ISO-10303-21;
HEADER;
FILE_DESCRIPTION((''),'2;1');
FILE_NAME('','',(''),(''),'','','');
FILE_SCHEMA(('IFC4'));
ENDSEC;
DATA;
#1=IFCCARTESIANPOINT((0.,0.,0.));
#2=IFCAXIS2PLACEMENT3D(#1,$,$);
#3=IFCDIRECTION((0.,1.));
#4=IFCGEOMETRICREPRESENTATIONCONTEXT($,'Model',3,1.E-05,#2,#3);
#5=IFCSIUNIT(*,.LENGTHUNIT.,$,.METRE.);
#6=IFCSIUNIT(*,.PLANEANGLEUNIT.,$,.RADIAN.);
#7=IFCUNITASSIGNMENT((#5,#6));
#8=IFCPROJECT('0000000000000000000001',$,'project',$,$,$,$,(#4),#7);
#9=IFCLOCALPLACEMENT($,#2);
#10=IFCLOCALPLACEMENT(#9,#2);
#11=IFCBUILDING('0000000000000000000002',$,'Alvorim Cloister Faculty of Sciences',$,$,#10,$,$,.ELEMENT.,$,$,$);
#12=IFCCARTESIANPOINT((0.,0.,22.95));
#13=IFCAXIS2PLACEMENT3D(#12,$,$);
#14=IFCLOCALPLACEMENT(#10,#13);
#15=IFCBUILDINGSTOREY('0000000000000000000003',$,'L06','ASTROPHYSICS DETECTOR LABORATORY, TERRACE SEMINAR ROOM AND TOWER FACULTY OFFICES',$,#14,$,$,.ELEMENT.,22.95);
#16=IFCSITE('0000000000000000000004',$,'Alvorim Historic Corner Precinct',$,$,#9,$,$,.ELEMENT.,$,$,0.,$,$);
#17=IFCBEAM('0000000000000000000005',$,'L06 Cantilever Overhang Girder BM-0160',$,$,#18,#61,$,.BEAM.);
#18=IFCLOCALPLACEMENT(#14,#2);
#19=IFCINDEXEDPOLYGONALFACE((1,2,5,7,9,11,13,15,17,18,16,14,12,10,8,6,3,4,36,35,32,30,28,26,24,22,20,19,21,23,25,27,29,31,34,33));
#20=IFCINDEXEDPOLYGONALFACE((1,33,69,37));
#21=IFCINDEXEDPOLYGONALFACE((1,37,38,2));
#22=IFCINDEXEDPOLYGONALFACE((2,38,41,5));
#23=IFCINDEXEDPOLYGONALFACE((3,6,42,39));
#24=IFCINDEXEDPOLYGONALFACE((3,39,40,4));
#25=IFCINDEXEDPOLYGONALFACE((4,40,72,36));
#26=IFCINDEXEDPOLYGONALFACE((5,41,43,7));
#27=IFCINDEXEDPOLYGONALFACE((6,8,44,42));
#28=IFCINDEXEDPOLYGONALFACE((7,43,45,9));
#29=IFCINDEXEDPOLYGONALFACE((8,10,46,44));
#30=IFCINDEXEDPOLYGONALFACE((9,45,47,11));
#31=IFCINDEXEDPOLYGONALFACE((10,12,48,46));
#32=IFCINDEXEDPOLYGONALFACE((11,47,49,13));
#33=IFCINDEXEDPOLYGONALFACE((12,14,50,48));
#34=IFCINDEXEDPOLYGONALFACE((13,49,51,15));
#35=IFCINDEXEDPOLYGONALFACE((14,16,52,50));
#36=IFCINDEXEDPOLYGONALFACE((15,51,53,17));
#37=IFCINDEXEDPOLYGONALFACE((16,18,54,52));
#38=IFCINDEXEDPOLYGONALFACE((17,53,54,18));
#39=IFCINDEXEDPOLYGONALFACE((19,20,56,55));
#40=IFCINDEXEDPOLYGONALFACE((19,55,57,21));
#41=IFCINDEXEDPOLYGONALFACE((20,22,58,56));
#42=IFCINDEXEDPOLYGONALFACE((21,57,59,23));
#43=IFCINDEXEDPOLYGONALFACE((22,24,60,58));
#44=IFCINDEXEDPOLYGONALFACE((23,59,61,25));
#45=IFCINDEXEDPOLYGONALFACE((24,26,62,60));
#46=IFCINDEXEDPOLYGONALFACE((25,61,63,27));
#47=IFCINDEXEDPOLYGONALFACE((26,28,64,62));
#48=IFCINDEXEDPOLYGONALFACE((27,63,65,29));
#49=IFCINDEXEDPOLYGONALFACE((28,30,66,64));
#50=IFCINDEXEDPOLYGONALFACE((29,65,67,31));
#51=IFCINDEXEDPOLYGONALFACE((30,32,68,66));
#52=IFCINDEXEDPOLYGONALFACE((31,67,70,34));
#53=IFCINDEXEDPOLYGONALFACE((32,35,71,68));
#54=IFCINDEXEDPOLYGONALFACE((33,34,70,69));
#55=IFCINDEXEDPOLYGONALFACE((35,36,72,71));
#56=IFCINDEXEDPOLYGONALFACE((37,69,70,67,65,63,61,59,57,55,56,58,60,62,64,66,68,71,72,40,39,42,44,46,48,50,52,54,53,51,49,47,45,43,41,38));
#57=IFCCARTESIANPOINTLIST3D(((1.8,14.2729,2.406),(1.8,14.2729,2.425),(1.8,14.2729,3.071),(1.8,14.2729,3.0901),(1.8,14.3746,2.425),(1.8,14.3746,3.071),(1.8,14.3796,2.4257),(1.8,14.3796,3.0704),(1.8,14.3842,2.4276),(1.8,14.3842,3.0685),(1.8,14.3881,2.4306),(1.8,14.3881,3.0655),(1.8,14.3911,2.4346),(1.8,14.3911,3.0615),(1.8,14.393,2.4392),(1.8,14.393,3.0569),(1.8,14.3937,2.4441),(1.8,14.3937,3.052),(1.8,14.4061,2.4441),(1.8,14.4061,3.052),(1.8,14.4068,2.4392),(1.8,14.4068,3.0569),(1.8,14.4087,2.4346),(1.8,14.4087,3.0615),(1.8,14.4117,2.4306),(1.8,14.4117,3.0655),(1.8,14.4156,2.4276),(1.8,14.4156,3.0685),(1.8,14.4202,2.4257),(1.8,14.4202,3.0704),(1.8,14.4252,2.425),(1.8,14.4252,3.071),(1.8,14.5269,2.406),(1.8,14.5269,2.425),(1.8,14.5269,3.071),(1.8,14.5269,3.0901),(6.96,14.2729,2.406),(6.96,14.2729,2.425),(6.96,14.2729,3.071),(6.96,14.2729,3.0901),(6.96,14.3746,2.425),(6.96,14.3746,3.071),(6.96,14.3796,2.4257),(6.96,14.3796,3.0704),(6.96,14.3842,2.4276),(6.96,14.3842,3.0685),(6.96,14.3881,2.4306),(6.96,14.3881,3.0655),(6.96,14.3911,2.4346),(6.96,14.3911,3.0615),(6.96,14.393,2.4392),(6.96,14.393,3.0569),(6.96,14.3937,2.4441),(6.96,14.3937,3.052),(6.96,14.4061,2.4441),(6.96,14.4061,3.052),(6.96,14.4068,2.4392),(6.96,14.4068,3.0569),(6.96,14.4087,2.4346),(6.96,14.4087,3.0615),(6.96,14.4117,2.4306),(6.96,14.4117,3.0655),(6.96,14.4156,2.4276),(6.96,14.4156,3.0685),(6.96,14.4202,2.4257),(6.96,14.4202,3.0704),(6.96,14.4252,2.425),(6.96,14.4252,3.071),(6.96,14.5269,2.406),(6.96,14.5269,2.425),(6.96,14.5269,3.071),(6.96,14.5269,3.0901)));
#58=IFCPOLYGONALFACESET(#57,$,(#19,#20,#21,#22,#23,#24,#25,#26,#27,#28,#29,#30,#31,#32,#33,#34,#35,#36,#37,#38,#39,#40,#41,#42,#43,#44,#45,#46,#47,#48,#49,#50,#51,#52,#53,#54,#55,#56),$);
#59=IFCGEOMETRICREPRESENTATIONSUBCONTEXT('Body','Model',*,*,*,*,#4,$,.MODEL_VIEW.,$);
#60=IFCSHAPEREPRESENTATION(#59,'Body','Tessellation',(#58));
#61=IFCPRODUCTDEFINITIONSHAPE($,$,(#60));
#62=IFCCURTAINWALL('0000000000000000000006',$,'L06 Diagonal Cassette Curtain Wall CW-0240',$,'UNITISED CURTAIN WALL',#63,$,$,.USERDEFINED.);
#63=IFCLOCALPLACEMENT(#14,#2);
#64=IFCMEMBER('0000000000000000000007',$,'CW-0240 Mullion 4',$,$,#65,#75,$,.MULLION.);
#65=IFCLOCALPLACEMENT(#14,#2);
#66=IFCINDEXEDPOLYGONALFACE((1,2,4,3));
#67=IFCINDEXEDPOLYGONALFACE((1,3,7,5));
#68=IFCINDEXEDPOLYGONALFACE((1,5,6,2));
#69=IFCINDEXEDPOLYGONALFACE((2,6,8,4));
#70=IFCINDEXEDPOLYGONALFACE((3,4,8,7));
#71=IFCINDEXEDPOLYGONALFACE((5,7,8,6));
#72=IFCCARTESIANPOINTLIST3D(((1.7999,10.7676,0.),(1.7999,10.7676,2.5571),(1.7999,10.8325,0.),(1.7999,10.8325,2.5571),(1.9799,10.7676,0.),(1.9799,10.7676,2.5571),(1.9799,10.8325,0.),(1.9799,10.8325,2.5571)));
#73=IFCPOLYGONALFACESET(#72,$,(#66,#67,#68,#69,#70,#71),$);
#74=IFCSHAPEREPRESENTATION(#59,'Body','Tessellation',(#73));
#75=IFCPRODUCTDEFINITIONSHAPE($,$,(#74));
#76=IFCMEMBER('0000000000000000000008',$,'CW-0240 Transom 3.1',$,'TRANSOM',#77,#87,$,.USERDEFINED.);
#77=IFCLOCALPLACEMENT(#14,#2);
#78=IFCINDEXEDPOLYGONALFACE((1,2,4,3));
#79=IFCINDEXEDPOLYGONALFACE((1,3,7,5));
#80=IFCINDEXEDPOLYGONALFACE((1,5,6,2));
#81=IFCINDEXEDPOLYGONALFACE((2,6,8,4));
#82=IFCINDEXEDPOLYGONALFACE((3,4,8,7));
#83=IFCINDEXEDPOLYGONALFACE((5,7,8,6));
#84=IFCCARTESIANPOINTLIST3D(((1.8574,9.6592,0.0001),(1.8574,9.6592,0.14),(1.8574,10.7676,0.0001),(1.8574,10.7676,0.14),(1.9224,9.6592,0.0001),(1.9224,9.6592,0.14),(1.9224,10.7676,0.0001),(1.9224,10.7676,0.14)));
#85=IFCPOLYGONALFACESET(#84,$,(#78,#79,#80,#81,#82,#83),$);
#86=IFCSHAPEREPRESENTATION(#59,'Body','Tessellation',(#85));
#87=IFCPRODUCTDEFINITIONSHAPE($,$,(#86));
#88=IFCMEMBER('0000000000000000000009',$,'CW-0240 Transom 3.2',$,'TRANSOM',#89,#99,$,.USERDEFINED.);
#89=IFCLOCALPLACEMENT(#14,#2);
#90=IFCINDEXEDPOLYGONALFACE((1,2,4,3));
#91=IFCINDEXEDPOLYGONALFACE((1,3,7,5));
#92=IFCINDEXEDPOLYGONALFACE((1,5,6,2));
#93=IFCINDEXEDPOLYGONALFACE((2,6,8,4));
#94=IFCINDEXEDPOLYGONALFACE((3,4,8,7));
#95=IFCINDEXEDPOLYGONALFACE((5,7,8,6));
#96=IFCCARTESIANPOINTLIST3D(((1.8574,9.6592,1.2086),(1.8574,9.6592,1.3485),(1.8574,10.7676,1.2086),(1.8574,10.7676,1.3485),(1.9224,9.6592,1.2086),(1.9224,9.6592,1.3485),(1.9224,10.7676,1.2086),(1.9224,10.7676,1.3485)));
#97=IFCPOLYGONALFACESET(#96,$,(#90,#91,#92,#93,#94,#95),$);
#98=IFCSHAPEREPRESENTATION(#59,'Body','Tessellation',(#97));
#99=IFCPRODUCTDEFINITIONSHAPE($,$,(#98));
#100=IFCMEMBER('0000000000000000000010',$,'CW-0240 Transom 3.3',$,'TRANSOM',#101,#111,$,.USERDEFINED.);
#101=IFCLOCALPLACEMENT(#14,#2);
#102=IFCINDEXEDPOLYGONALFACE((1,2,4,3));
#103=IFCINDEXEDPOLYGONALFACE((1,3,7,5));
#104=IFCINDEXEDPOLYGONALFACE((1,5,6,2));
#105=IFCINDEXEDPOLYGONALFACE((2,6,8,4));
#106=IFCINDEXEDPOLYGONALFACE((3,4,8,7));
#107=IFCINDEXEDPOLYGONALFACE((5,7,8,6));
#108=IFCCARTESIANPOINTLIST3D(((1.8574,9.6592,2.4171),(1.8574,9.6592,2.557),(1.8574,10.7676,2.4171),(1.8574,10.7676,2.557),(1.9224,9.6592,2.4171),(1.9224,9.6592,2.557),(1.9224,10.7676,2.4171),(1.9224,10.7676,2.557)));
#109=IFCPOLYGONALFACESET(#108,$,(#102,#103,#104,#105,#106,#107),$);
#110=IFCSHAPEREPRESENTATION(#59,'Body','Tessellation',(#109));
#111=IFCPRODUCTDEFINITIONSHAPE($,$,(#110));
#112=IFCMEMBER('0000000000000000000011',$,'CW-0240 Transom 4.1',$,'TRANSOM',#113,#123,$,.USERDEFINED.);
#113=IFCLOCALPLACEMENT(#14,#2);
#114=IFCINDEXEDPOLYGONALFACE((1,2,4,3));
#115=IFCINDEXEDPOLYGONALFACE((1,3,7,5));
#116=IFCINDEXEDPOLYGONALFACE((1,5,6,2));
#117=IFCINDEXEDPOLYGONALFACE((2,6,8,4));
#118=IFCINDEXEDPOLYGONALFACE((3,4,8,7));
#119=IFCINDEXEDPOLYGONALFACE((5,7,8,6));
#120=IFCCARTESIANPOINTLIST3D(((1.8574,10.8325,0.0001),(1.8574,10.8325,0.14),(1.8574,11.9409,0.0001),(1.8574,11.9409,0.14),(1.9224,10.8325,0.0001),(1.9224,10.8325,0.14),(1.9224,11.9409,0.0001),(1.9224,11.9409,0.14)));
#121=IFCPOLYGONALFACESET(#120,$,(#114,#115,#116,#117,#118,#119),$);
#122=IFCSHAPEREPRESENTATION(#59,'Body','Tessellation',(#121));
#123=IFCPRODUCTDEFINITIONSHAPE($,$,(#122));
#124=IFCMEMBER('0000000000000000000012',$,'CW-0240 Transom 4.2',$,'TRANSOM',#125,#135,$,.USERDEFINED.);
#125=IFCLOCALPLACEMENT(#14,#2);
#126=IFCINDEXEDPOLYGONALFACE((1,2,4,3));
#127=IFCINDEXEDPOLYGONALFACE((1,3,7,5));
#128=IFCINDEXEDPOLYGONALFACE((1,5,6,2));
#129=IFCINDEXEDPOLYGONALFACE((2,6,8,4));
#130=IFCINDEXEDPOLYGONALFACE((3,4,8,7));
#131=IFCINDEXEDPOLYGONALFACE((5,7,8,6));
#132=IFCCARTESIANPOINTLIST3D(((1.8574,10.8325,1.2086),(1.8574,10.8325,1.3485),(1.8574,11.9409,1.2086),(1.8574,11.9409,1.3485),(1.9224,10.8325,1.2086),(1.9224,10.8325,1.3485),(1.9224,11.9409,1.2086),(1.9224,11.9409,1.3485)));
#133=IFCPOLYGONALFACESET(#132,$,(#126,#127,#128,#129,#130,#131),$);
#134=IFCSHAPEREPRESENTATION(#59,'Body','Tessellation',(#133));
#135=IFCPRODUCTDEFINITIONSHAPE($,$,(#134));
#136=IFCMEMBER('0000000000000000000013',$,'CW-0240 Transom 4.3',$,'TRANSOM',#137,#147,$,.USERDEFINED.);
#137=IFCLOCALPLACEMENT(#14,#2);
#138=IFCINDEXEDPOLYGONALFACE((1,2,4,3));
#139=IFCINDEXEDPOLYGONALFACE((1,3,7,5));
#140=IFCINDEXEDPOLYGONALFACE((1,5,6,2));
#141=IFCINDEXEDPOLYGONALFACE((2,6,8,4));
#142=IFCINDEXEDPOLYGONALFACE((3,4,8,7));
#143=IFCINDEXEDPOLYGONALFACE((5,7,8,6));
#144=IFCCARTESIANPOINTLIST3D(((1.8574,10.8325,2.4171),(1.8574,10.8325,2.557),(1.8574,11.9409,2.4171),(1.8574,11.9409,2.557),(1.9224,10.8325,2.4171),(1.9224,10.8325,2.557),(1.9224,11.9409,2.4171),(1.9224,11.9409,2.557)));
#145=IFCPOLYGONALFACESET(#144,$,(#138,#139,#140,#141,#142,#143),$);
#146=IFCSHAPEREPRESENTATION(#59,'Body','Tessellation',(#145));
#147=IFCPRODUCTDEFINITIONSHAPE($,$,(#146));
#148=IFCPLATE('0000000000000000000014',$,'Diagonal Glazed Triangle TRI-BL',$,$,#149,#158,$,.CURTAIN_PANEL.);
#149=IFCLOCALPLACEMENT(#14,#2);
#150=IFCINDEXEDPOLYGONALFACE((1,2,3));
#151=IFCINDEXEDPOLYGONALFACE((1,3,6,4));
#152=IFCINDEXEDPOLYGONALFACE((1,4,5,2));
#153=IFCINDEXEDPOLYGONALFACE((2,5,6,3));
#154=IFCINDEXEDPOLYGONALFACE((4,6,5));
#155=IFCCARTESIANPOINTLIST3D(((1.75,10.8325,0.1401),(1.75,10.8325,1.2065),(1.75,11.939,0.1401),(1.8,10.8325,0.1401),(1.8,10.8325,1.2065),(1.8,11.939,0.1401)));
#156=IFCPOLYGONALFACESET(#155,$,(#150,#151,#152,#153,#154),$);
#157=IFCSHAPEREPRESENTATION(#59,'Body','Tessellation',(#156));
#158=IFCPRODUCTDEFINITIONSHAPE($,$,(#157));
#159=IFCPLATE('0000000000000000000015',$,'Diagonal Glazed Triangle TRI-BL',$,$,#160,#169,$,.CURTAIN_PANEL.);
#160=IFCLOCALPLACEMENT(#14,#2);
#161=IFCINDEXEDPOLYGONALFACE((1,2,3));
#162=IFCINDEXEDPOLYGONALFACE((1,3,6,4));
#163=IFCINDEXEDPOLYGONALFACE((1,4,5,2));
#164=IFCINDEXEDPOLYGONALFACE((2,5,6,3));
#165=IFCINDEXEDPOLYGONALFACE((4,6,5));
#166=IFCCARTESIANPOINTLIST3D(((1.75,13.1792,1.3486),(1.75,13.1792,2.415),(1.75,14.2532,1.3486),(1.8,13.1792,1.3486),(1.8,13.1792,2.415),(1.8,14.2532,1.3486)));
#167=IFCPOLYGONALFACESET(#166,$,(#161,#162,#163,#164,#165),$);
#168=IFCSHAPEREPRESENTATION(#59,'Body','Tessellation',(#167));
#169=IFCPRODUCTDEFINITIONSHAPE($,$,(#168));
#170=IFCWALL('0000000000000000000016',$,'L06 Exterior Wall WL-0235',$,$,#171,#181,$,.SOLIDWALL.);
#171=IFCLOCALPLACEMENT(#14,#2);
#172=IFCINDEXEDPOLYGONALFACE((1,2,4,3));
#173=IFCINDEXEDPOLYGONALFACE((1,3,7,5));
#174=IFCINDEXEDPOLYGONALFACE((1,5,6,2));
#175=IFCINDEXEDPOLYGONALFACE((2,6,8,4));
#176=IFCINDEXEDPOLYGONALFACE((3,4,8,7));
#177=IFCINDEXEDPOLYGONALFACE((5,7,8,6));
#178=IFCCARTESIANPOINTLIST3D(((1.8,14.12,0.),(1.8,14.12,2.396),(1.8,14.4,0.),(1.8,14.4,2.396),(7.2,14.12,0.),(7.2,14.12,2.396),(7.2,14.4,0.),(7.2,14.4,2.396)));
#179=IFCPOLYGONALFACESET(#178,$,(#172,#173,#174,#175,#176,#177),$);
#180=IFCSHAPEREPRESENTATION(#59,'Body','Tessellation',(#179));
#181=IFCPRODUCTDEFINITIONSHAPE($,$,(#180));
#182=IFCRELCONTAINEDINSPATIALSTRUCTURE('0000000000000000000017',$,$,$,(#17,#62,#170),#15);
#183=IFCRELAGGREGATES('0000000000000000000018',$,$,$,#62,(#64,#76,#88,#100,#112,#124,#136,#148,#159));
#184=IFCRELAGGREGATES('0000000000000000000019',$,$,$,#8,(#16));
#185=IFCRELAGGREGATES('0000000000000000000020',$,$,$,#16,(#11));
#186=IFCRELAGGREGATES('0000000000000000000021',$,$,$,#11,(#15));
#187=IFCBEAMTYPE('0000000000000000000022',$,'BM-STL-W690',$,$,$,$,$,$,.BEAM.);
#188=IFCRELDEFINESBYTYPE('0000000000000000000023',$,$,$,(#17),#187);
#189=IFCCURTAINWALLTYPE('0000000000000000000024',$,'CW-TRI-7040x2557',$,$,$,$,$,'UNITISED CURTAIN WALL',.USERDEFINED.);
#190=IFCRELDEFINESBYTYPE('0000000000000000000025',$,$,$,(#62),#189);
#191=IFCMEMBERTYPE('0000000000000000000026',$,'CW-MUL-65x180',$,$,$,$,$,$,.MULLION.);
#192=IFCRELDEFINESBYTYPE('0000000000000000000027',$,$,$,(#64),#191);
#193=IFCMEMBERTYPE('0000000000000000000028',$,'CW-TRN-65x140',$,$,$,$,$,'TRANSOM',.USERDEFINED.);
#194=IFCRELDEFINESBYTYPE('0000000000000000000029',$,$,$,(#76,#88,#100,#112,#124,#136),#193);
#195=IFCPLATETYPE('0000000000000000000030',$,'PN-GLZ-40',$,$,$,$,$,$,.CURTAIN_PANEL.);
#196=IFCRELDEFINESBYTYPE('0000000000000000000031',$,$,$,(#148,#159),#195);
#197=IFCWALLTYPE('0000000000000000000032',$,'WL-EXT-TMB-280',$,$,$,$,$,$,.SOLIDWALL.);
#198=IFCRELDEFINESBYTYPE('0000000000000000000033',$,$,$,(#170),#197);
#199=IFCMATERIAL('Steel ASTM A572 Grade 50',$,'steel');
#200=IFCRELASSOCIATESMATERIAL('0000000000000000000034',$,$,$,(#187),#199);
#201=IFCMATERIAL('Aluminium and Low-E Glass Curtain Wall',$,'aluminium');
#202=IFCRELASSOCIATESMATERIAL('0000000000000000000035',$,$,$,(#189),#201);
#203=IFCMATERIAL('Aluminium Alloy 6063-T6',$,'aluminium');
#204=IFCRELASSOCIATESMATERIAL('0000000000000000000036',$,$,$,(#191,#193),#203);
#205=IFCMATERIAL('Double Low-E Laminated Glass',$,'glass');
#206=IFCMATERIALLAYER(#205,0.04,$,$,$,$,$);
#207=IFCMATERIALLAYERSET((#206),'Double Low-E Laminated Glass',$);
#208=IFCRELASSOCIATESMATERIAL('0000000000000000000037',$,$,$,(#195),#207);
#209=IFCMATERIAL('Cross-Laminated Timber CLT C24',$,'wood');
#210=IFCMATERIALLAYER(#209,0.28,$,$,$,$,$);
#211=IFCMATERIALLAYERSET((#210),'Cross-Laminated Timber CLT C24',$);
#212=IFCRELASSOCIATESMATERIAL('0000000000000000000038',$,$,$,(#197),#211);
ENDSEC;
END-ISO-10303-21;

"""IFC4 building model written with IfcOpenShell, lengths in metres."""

from ifc_helpers import new_model, si_unit, direction, frame, frame_2d, origin, origin_2d, place, context, subcontext, project, spatial, polyline, rectangle, i_section, outline, extrude, material, layer, layer_set, material_profile, profile_set, type_object, element, aggregate, save


model = new_model("IFC4")

# Units and contexts
model_context = context("Model", 3, precision=1e-05, world=origin(), true_north=direction((0.0, 1.0)))
body_context = subcontext(model_context, "Body", "Model", "MODEL_VIEW")
ifc_project = project(units=[si_unit("LENGTHUNIT", "METRE"), si_unit("PLANEANGLEUNIT", "RADIAN")], contexts=[model_context])

# Site, building, storey
site_placement = place(None, origin())
site = spatial("IfcSite", under=ifc_project, at=site_placement, Name="Alvorim Historic Corner Precinct", CompositionType="ELEMENT", RefElevation=0.0)
building_placement = place(site_placement, origin())
building = spatial("IfcBuilding", under=site, at=building_placement, Name="Alvorim Cloister Faculty of Sciences", CompositionType="ELEMENT")
storey_placement = place(building_placement, frame((0.0, 0.0, 22.95)))
storey = spatial("IfcBuildingStorey", under=building, at=storey_placement, Name="L06", Description="ASTROPHYSICS DETECTOR LABORATORY, TERRACE SEMINAR ROOM AND TOWER FACULTY OFFICES", CompositionType="ELEMENT", Elevation=22.95)

# Beam
ifc_material_1 = material(Name="Steel ASTM A572 Grade 50", Category="steel")
ifc_material_profile_1 = material_profile(ifc_material_1, i_section(OverallWidth=0.2539, OverallDepth=0.6841, WebThickness=0.0125, FlangeThickness=0.019, FilletRadius=0.019, at=origin_2d()), Name="W690x140.0")
ifc_profile_set_1 = profile_set([ifc_material_profile_1], Name="Steel ASTM A572 Grade 50")
beam_type = type_object("IfcBeamType", Name="BM-STL-W690", PredefinedType="BEAM", material=ifc_profile_set_1)
beam_placement = place(storey_placement, frame((1.8, 14.3999, 2.748), z_axis=(1.0, 0.0, 0.0), x_axis=(0.0, 1.0, 0.0)))
element("IfcBeam", 1, at=beam_placement, inside=storey, type_object=beam_type, Name="L06 Cantilever Overhang Girder BM-0160", PredefinedType="BEAM", context=body_context, shape_type="SweptSolid", body=[
    extrude(i_section(OverallWidth=0.2539, OverallDepth=0.6841, WebThickness=0.0125, FlangeThickness=0.019, FilletRadius=0.019, at=origin_2d()), origin(), (0.0, 0.0, 1.0), 5.1599),
])

# Curtain wall, members, plates
ifc_material_2 = material(Name="Aluminium and Low-E Glass Curtain Wall", Category="aluminium")
curtain_wall_type = type_object("IfcCurtainWallType", Name="CW-TRI-7040x2557", ElementType="UNITISED CURTAIN WALL", PredefinedType="USERDEFINED", material=ifc_material_2)
curtain_wall_placement = place(storey_placement, origin())
curtain_wall = element("IfcCurtainWall", 2, at=curtain_wall_placement, inside=storey, type_object=curtain_wall_type, Name="L06 Diagonal Cassette Curtain Wall CW-0240", ObjectType="UNITISED CURTAIN WALL", PredefinedType="USERDEFINED")
ifc_material_3 = material(Name="Aluminium Alloy 6063-T6", Category="aluminium")
ifc_material_profile_2 = material_profile(ifc_material_3, rectangle(XDim=0.0649, YDim=0.1799, at=origin_2d()), Name="ALU-MUL-65x180")
ifc_profile_set_2 = profile_set([ifc_material_profile_2], Name="Aluminium Alloy 6063-T6")
member_type_1 = type_object("IfcMemberType", Name="CW-MUL-65x180", PredefinedType="MULLION", material=ifc_profile_set_2)
member_1_placement = place(storey_placement, frame((1.8899, 10.8, 0.0), z_axis=(0.0, 0.0, 1.0), x_axis=(0.0, 1.0, 0.0)))
member_1 = element("IfcMember", 3, at=member_1_placement, type_object=member_type_1, Name="CW-0240 Mullion 4", PredefinedType="MULLION", context=body_context, shape_type="SweptSolid", body=[
    extrude(rectangle(XDim=0.0649, YDim=0.1799, at=origin_2d()), origin(), (0.0, 0.0, 1.0), 2.5571),
])
ifc_material_profile_3 = material_profile(ifc_material_3, rectangle(XDim=0.0649, YDim=0.1399, at=origin_2d()), Name="ALU-TRN-65x140")
ifc_profile_set_3 = profile_set([ifc_material_profile_3], Name="Aluminium Alloy 6063-T6")
member_type_2 = type_object("IfcMemberType", Name="CW-TRN-65x140", ElementType="TRANSOM", PredefinedType="USERDEFINED", material=ifc_profile_set_3)
member_2_placement = place(storey_placement, frame((1.8899, 9.6592, 0.0701), z_axis=(0.0, 1.0, 0.0), x_axis=(-1.0, 0.0, 0.0)))
member_2 = element("IfcMember", 4, at=member_2_placement, type_object=member_type_2, Name="CW-0240 Transom 3.1", ObjectType="TRANSOM", PredefinedType="USERDEFINED", context=body_context, shape_type="SweptSolid", body=[
    extrude(rectangle(XDim=0.0649, YDim=0.1399, at=origin_2d()), origin(), (0.0, 0.0, 1.0), 1.1084),
])
member_3_placement = place(storey_placement, frame((1.8899, 9.6592, 1.2786), z_axis=(0.0, 1.0, 0.0), x_axis=(-1.0, 0.0, 0.0)))
member_3 = element("IfcMember", 5, at=member_3_placement, type_object=member_type_2, Name="CW-0240 Transom 3.2", ObjectType="TRANSOM", PredefinedType="USERDEFINED", context=body_context, shape_type="SweptSolid", body=[
    extrude(rectangle(XDim=0.0649, YDim=0.1399, at=origin_2d()), origin(), (0.0, 0.0, 1.0), 1.1084),
])
member_4_placement = place(storey_placement, frame((1.8899, 9.6592, 2.4871), z_axis=(0.0, 1.0, 0.0), x_axis=(-1.0, 0.0, 0.0)))
member_4 = element("IfcMember", 6, at=member_4_placement, type_object=member_type_2, Name="CW-0240 Transom 3.3", ObjectType="TRANSOM", PredefinedType="USERDEFINED", context=body_context, shape_type="SweptSolid", body=[
    extrude(rectangle(XDim=0.0649, YDim=0.1399, at=origin_2d()), origin(), (0.0, 0.0, 1.0), 1.1084),
])
member_5_placement = place(storey_placement, frame((1.8899, 10.8325, 0.0701), z_axis=(0.0, 1.0, 0.0), x_axis=(-1.0, 0.0, 0.0)))
member_5 = element("IfcMember", 7, at=member_5_placement, type_object=member_type_2, Name="CW-0240 Transom 4.1", ObjectType="TRANSOM", PredefinedType="USERDEFINED", context=body_context, shape_type="SweptSolid", body=[
    extrude(rectangle(XDim=0.0649, YDim=0.1399, at=origin_2d()), origin(), (0.0, 0.0, 1.0), 1.1084),
])
member_6_placement = place(storey_placement, frame((1.8899, 10.8325, 1.2786), z_axis=(0.0, 1.0, 0.0), x_axis=(-1.0, 0.0, 0.0)))
member_6 = element("IfcMember", 8, at=member_6_placement, type_object=member_type_2, Name="CW-0240 Transom 4.2", ObjectType="TRANSOM", PredefinedType="USERDEFINED", context=body_context, shape_type="SweptSolid", body=[
    extrude(rectangle(XDim=0.0649, YDim=0.1399, at=origin_2d()), origin(), (0.0, 0.0, 1.0), 1.1084),
])
member_7_placement = place(storey_placement, frame((1.8899, 10.8325, 2.4871), z_axis=(0.0, 1.0, 0.0), x_axis=(-1.0, 0.0, 0.0)))
member_7 = element("IfcMember", 9, at=member_7_placement, type_object=member_type_2, Name="CW-0240 Transom 4.3", ObjectType="TRANSOM", PredefinedType="USERDEFINED", context=body_context, shape_type="SweptSolid", body=[
    extrude(rectangle(XDim=0.0649, YDim=0.1399, at=origin_2d()), origin(), (0.0, 0.0, 1.0), 1.1084),
])
ifc_material_4 = material(Name="Double Low-E Laminated Glass", Category="glass")
ifc_layer_1 = layer(ifc_material_4, 0.04)
ifc_layer_set_1 = layer_set([ifc_layer_1], Name="Double Low-E Laminated Glass")
plate_type = type_object("IfcPlateType", Name="PN-GLZ-40", PredefinedType="CURTAIN_PANEL", material=ifc_layer_set_1)
plate_1_placement = place(storey_placement, frame((1.7749, 10.8325, 0.1401), z_axis=(0.0, 0.0, 1.0), x_axis=(0.0, 1.0, 0.0)))
plate_1 = element("IfcPlate", 10, at=plate_1_placement, type_object=plate_type, Name="Diagonal Glazed Triangle TRI-BL", PredefinedType="CURTAIN_PANEL", context=body_context, shape_type="SweptSolid", body=[
    extrude(outline(polyline([(0.0, 0.0), (1.1064, 0.0), (0.0, 1.0664), (0.0, 0.0)])), frame((0.0, 0.0249, 0.0), z_axis=(0.0, -1.0, 0.0), x_axis=(1.0, 0.0, 0.0)), (0.0, 0.0, 1.0), 0.05),
])
plate_2_placement = place(storey_placement, frame((1.7749, 13.1792, 1.3486), z_axis=(0.0, 0.0, 1.0), x_axis=(0.0, 1.0, 0.0)))
plate_2 = element("IfcPlate", 11, at=plate_2_placement, type_object=plate_type, Name="Diagonal Glazed Triangle TRI-BL", PredefinedType="CURTAIN_PANEL", context=body_context, shape_type="SweptSolid", body=[
    extrude(outline(polyline([(0.0, 0.0), (1.074, 0.0), (0.0, 1.0664), (0.0, 0.0)])), frame((0.0, 0.0249, 0.0), z_axis=(0.0, -1.0, 0.0), x_axis=(1.0, 0.0, 0.0)), (0.0, 0.0, 1.0), 0.05),
])
aggregate(curtain_wall, [member_1, member_2, member_3, member_4, member_5, member_6, member_7, plate_1, plate_2])

# Wall
ifc_material_5 = material(Name="Cross-Laminated Timber CLT C24", Category="wood")
ifc_layer_2 = layer(ifc_material_5, 0.28)
ifc_layer_set_2 = layer_set([ifc_layer_2], Name="Cross-Laminated Timber CLT C24")
wall_type = type_object("IfcWallType", Name="WL-EXT-TMB-280", PredefinedType="SOLIDWALL", material=ifc_layer_set_2)
wall_placement = place(storey_placement, frame((1.8, 14.26, 0.0), z_axis=(0.0, 0.0, 1.0), x_axis=(1.0, 0.0, 0.0)))
element("IfcWall", 12, at=wall_placement, inside=storey, type_object=wall_type, Name="L06 Exterior Wall WL-0235", PredefinedType="SOLIDWALL", context=body_context, shape_type="SweptSolid", body=[
    extrude(rectangle(XDim=5.3999, YDim=0.28, at=frame_2d((2.7, 0.0))), origin(), (0.0, 0.0, 1.0), 2.396),
])

save(model, "model.ifc")
